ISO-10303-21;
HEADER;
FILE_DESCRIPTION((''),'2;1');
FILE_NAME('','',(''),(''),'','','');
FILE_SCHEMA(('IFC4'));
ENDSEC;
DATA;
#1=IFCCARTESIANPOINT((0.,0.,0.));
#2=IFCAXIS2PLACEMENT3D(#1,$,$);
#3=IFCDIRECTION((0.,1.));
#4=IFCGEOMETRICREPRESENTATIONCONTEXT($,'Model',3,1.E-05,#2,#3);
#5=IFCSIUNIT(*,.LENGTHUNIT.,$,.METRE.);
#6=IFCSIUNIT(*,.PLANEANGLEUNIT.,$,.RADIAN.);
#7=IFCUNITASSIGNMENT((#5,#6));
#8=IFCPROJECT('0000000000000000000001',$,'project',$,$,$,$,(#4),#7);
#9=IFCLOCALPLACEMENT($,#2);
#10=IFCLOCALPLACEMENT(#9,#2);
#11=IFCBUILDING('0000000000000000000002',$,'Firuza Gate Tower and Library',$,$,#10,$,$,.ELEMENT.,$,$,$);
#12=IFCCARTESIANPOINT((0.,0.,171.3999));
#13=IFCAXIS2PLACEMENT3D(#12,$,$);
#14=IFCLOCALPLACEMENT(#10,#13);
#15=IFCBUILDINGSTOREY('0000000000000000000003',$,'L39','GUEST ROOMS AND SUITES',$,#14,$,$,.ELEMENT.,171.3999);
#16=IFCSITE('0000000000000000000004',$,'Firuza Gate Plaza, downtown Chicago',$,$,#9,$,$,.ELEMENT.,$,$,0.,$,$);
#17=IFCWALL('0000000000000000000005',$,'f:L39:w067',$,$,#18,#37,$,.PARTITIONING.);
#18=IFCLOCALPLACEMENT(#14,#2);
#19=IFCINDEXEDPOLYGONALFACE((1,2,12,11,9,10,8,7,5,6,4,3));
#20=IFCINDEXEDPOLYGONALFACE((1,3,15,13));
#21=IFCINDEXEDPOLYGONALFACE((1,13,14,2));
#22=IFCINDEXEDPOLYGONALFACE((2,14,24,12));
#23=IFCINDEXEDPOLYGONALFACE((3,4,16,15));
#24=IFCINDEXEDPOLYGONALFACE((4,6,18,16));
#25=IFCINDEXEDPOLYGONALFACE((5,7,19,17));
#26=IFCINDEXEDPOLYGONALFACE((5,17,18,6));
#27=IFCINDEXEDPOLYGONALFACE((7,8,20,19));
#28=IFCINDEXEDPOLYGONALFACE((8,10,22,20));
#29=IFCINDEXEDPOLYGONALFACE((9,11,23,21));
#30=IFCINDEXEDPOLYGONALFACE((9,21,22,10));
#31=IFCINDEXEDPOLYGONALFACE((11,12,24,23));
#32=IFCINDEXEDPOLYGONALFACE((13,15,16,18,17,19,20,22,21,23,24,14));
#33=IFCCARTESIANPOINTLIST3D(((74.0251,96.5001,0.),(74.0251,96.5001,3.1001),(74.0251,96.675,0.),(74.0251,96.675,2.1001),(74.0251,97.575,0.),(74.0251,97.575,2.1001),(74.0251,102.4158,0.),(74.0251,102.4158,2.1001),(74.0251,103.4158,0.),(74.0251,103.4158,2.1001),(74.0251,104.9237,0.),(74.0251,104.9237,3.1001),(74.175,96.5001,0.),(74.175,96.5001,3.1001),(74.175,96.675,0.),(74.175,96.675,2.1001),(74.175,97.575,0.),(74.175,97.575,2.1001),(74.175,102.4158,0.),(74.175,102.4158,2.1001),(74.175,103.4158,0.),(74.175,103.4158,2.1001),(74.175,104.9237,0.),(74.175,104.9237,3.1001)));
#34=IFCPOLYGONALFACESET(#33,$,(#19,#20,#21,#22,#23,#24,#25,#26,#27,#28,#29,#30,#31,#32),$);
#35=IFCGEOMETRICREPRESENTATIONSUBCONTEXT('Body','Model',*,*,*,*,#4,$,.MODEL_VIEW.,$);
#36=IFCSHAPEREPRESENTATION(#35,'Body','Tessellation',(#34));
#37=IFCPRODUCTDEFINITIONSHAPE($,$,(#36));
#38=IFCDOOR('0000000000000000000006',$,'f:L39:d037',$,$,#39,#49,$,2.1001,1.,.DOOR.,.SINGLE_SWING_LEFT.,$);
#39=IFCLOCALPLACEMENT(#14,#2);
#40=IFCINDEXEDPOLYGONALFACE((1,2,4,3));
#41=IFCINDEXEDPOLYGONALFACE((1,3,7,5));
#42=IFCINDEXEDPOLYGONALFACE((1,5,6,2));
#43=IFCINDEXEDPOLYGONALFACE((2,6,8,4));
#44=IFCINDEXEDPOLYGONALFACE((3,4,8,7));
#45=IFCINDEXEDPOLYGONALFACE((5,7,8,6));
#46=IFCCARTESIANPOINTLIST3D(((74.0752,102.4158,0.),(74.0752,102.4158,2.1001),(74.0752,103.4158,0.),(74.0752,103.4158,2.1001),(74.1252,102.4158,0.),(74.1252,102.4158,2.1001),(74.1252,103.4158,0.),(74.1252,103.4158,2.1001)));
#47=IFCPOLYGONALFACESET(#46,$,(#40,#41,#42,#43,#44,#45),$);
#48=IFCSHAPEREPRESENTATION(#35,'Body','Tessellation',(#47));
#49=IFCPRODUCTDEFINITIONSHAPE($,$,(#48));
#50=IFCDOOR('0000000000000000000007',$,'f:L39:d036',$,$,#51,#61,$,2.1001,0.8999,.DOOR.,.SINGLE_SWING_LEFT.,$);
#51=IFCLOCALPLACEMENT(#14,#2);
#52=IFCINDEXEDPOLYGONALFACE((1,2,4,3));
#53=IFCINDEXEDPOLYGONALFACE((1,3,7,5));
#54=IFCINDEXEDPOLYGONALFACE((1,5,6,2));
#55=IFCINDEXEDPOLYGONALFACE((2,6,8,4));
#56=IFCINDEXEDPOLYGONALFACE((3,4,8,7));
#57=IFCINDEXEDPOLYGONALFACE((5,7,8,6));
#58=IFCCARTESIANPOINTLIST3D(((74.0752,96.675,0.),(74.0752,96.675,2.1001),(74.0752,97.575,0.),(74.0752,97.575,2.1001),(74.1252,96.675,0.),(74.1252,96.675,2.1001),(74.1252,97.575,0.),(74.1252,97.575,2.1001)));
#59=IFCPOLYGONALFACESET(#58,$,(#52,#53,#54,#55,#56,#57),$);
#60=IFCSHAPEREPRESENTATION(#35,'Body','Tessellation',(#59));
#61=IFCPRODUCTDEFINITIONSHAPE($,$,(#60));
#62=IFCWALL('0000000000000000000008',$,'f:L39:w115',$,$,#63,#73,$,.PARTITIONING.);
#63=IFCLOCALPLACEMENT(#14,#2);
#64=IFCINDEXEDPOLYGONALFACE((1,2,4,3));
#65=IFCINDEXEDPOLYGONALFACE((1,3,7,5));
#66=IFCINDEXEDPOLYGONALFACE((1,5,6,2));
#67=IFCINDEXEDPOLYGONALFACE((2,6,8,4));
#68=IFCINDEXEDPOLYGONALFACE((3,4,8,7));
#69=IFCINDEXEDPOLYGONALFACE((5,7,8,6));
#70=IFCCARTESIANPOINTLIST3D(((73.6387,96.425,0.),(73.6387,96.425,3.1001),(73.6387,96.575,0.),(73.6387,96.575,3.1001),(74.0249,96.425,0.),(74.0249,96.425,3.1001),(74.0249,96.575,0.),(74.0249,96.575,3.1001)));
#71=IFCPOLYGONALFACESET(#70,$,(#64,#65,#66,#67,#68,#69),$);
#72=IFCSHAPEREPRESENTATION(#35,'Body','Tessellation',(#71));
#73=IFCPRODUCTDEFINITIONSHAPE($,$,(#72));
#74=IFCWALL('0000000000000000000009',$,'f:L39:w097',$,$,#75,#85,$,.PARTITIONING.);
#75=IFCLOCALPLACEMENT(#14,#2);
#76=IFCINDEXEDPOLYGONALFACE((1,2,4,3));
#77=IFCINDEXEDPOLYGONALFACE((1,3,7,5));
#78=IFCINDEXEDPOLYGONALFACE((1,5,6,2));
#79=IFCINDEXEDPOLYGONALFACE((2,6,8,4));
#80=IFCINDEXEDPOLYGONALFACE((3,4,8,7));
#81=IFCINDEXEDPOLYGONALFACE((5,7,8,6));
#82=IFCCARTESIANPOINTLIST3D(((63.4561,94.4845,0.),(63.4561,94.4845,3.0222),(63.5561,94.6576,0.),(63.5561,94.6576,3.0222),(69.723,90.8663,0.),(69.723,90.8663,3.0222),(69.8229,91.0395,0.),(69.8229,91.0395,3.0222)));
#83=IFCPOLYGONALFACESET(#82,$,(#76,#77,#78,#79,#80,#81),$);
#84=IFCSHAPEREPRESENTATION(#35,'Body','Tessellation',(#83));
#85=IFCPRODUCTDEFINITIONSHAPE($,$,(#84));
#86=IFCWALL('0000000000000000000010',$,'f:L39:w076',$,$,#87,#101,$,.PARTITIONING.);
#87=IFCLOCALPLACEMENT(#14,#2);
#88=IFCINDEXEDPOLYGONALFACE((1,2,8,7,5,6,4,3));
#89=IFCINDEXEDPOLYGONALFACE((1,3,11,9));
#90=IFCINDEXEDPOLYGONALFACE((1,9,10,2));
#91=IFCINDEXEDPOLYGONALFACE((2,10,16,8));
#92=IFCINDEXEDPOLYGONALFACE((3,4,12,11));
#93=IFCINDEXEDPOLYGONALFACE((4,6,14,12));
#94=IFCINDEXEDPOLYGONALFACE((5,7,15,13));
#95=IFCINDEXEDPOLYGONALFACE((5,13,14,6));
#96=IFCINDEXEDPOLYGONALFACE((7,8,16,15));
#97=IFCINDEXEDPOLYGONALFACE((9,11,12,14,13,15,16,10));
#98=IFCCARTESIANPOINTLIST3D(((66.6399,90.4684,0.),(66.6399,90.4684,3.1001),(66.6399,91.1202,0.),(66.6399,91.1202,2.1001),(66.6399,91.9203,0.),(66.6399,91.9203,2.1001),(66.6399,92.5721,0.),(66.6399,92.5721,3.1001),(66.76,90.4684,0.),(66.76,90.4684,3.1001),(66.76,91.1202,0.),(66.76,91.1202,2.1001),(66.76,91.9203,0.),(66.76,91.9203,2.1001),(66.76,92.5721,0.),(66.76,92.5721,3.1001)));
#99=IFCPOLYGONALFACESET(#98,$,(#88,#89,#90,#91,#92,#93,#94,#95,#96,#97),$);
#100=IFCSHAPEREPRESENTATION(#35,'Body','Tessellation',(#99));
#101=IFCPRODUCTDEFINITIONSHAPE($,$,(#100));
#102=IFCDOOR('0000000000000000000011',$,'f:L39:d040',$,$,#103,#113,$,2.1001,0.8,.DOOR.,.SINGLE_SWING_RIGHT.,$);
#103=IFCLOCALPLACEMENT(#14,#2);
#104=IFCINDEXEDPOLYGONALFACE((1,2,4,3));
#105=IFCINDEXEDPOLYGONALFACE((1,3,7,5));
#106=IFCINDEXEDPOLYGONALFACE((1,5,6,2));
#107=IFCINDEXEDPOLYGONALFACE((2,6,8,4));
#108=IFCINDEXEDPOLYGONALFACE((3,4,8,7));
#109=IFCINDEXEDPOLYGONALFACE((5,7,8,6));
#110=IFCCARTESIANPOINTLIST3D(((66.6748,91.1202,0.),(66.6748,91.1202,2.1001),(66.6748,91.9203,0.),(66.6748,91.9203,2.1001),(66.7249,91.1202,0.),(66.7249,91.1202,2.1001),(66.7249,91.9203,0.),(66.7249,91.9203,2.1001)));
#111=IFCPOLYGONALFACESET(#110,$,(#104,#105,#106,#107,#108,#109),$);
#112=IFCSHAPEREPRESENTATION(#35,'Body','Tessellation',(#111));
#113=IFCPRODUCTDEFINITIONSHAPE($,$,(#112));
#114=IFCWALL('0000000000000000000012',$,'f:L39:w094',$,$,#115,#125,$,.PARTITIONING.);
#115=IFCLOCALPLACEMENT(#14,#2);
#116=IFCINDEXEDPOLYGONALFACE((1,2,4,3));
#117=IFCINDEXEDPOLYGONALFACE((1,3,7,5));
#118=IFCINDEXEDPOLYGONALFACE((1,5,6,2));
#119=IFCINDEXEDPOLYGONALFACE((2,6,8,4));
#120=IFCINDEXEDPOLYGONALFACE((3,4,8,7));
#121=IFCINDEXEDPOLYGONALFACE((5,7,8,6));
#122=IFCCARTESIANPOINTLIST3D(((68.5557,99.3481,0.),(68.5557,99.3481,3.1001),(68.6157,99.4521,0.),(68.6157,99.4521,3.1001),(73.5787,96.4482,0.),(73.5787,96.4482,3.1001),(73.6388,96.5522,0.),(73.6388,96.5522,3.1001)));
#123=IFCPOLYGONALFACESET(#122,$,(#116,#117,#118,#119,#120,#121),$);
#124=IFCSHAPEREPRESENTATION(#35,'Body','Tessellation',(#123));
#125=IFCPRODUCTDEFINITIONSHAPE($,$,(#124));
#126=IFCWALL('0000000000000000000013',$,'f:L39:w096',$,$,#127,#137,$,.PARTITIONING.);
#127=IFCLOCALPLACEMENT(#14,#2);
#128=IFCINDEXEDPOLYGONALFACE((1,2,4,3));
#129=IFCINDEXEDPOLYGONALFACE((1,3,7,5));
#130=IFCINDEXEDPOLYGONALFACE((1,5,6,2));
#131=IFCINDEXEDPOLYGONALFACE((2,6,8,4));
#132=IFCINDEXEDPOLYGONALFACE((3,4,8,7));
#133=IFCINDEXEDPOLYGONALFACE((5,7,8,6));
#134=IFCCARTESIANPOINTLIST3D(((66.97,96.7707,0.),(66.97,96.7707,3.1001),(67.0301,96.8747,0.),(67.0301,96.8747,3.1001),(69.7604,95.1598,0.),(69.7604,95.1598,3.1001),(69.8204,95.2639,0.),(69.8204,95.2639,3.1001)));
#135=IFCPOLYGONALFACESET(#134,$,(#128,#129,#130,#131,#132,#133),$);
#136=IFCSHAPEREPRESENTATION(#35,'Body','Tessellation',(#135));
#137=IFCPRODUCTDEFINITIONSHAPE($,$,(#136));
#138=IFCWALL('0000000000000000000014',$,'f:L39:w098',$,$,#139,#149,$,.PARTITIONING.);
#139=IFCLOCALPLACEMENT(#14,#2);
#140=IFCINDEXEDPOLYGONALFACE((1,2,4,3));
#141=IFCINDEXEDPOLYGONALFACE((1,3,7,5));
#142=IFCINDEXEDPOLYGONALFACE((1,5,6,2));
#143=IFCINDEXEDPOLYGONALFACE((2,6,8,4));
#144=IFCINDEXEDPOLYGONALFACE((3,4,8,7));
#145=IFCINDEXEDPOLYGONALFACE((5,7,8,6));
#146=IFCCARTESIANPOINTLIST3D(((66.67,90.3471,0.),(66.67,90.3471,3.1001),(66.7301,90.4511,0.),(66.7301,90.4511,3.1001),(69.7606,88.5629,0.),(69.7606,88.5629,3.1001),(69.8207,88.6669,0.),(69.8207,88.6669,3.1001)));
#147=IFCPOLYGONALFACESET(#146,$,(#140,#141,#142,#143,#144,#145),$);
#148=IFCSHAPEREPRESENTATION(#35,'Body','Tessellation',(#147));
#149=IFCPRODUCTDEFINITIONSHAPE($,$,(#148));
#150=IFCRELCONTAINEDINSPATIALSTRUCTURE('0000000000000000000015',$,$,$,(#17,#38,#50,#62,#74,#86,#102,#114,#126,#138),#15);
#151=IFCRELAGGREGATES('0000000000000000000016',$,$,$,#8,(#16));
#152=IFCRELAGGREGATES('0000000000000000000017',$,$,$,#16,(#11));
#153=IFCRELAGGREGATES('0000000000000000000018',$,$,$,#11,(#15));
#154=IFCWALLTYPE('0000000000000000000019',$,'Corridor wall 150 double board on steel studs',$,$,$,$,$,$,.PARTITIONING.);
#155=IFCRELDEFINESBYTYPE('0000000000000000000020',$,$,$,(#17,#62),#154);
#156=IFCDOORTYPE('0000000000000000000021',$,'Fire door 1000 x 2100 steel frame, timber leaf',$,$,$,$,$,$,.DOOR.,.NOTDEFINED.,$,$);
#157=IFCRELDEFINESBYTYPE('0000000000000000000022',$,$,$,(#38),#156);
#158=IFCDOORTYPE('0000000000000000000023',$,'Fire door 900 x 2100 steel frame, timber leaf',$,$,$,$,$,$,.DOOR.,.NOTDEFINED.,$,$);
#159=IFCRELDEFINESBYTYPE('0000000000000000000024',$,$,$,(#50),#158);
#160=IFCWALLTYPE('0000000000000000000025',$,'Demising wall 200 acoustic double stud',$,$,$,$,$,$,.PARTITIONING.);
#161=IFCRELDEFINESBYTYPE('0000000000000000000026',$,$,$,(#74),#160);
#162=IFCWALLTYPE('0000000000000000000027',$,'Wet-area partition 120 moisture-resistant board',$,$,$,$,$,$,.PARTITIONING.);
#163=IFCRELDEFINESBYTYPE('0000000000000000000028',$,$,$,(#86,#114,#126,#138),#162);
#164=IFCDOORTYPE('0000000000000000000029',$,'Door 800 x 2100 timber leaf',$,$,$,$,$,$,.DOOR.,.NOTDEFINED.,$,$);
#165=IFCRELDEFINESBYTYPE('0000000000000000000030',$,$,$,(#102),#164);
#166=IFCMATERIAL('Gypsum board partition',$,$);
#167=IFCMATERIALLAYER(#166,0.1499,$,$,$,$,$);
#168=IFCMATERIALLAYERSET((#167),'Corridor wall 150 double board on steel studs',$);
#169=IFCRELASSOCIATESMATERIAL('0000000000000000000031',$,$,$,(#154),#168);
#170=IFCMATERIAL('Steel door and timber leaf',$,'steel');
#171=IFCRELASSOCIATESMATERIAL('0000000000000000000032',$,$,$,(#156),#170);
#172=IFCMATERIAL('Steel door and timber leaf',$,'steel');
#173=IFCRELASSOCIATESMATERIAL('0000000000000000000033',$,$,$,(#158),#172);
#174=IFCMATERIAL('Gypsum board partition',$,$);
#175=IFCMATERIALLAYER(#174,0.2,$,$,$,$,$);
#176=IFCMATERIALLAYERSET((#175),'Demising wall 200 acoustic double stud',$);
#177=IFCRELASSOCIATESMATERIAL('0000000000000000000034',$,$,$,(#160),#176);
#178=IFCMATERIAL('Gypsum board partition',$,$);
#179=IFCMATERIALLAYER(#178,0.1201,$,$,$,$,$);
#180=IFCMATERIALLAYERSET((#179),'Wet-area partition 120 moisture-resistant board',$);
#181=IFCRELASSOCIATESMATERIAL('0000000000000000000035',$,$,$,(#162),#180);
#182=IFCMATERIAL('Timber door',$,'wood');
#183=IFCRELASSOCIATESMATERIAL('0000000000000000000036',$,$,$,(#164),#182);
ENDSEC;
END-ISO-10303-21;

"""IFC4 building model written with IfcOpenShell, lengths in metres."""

from ifc_helpers import new_model, si_unit, direction, frame, frame_2d, origin, place, context, subcontext, project, spatial, rectangle, extrude, material, layer, layer_set, type_object, element, fill, save


model = new_model("IFC4")

# Units and contexts
model_context = context("Model", 3, precision=1e-05, world=origin(), true_north=direction((0.0, 1.0)))
body_context = subcontext(model_context, "Body", "Model", "MODEL_VIEW")
ifc_project = project(units=[si_unit("LENGTHUNIT", "METRE"), si_unit("PLANEANGLEUNIT", "RADIAN")], contexts=[model_context])

# Site, building, storey
site_placement = place(None, origin())
site = spatial("IfcSite", under=ifc_project, at=site_placement, Name="Firuza Gate Plaza, downtown Chicago", CompositionType="ELEMENT", RefElevation=0.0)
building_placement = place(site_placement, origin())
building = spatial("IfcBuilding", under=site, at=building_placement, Name="Firuza Gate Tower and Library", CompositionType="ELEMENT")
storey_placement = place(building_placement, frame((0.0, 0.0, 171.3999)))
storey = spatial("IfcBuildingStorey", under=building, at=storey_placement, Name="L39", Description="GUEST ROOMS AND SUITES", CompositionType="ELEMENT", Elevation=171.3999)

# Shared definitions
ifc_material_1 = material(Name="Gypsum board partition")
ifc_layer_1 = layer(ifc_material_1, 0.1499)
ifc_layer_set_1 = layer_set([ifc_layer_1], Name="Corridor wall 150 double board on steel studs")
wall_type_1 = type_object("IfcWallType", Name="Corridor wall 150 double board on steel studs", PredefinedType="PARTITIONING", material=ifc_layer_set_1)

# Wall, openings, doors
wall_1_placement = place(storey_placement, frame((74.1001, 96.5, 0.0), z_axis=(0.0, 0.0, 1.0), x_axis=(0.0, 1.0, 0.0)))
wall_1 = element("IfcWall", 1, at=wall_1_placement, inside=storey, type_object=wall_type_1, Name="f:L39:w067", PredefinedType="PARTITIONING", context=body_context, shape_type="SweptSolid", body=[
    extrude(rectangle(XDim=8.4236, YDim=0.1499, at=frame_2d((4.2119, 0.0))), origin(), (0.0, 0.0, 1.0), 3.1001),
])
opening_1_placement = place(wall_1_placement, frame((0.175, 0.0, 0.0)))
opening_1 = element("IfcOpeningElement", 2, at=opening_1_placement, cuts=wall_1, PredefinedType="OPENING", context=body_context, shape_type="SweptSolid", body=[
    extrude(rectangle(XDim=0.8999, YDim=2.1001, at=frame_2d((0.45, 1.05))), frame((0.0, 0.085, 0.0), z_axis=(0.0, -1.0, 0.0), x_axis=(1.0, 0.0, 0.0)), (0.0, 0.0, 1.0), 0.1699),
])
opening_2_placement = place(wall_1_placement, frame((5.9158, 0.0, 0.0)))
opening_2 = element("IfcOpeningElement", 3, at=opening_2_placement, cuts=wall_1, PredefinedType="OPENING", context=body_context, shape_type="SweptSolid", body=[
    extrude(rectangle(XDim=1.0, YDim=2.1001, at=frame_2d((0.5, 1.05))), frame((0.0, 0.085, 0.0), z_axis=(0.0, -1.0, 0.0), x_axis=(1.0, 0.0, 0.0)), (0.0, 0.0, 1.0), 0.1699),
])
ifc_material_2 = material(Name="Steel door and timber leaf", Category="steel")
door_type_1 = type_object("IfcDoorType", Name="Fire door 1000 x 2100 steel frame, timber leaf", OperationType="NOTDEFINED", PredefinedType="DOOR", material=ifc_material_2)
door_1_placement = place(opening_2_placement, origin())
door_1 = element("IfcDoor", 4, at=door_1_placement, inside=storey, type_object=door_type_1, Name="f:L39:d037", OperationType="SINGLE_SWING_LEFT", OverallHeight=2.1001, OverallWidth=1.0, PredefinedType="DOOR", context=body_context, shape_type="SweptSolid", body=[
    extrude(rectangle(XDim=1.0, YDim=2.1001, at=frame_2d((0.5, 1.05))), frame((0.0, 0.0249, 0.0), z_axis=(0.0, -1.0, 0.0), x_axis=(1.0, 0.0, 0.0)), (0.0, 0.0, 1.0), 0.05),
])
fill(opening_2, door_1)
ifc_material_3 = material(Name="Steel door and timber leaf", Category="steel")
door_type_2 = type_object("IfcDoorType", Name="Fire door 900 x 2100 steel frame, timber leaf", OperationType="NOTDEFINED", PredefinedType="DOOR", material=ifc_material_3)
door_2_placement = place(opening_1_placement, origin())
door_2 = element("IfcDoor", 5, at=door_2_placement, inside=storey, type_object=door_type_2, Name="f:L39:d036", OperationType="SINGLE_SWING_LEFT", OverallHeight=2.1001, OverallWidth=0.8999, PredefinedType="DOOR", context=body_context, shape_type="SweptSolid", body=[
    extrude(rectangle(XDim=0.8999, YDim=2.1001, at=frame_2d((0.45, 1.05))), frame((0.0, 0.0249, 0.0), z_axis=(0.0, -1.0, 0.0), x_axis=(1.0, 0.0, 0.0)), (0.0, 0.0, 1.0), 0.05),
])
fill(opening_1, door_2)

# Walls
wall_2_placement = place(storey_placement, frame((73.6387, 96.5, 0.0), z_axis=(0.0, 0.0, 1.0), x_axis=(1.0, 0.0, 0.0)))
element("IfcWall", 6, at=wall_2_placement, inside=storey, type_object=wall_type_1, Name="f:L39:w115", PredefinedType="PARTITIONING", context=body_context, shape_type="SweptSolid", body=[
    extrude(rectangle(XDim=0.3862, YDim=0.1499, at=frame_2d((0.1931, 0.0))), origin(), (0.0, 0.0, 1.0), 3.1001),
])
ifc_material_4 = material(Name="Gypsum board partition")
ifc_layer_2 = layer(ifc_material_4, 0.2)
ifc_layer_set_2 = layer_set([ifc_layer_2], Name="Demising wall 200 acoustic double stud")
wall_type_2 = type_object("IfcWallType", Name="Demising wall 200 acoustic double stud", PredefinedType="PARTITIONING", material=ifc_layer_set_2)
wall_3_placement = place(storey_placement, frame((69.7729, 90.9529, 0.0), z_axis=(0.0, 0.0, 1.0), x_axis=(-0.866025, 0.5, 0.0)))
element("IfcWall", 7, at=wall_3_placement, inside=storey, type_object=wall_type_2, Name="f:L39:w097", PredefinedType="PARTITIONING", context=body_context, shape_type="SweptSolid", body=[
    extrude(rectangle(XDim=7.2363, YDim=0.2, at=frame_2d((3.6182, 0.0))), origin(), (0.0, 0.0, 1.0), 3.0222),
])

# Wall, opening, door
ifc_material_5 = material(Name="Gypsum board partition")
ifc_layer_3 = layer(ifc_material_5, 0.1201)
ifc_layer_set_3 = layer_set([ifc_layer_3], Name="Wet-area partition 120 moisture-resistant board")
wall_type_3 = type_object("IfcWallType", Name="Wet-area partition 120 moisture-resistant board", PredefinedType="PARTITIONING", material=ifc_layer_set_3)
wall_4_placement = place(storey_placement, frame((66.7, 92.572, 0.0), z_axis=(0.0, 0.0, 1.0), x_axis=(0.0, -1.0, 0.0)))
wall_4 = element("IfcWall", 8, at=wall_4_placement, inside=storey, type_object=wall_type_3, Name="f:L39:w076", PredefinedType="PARTITIONING", context=body_context, shape_type="SweptSolid", body=[
    extrude(rectangle(XDim=2.1038, YDim=0.1201, at=frame_2d((1.0518, 0.0))), origin(), (0.0, 0.0, 1.0), 3.1001),
])
opening_3_placement = place(wall_4_placement, frame((0.6519, 0.0, 0.0)))
opening_3 = element("IfcOpeningElement", 9, at=opening_3_placement, cuts=wall_4, PredefinedType="OPENING", context=body_context, shape_type="SweptSolid", body=[
    extrude(rectangle(XDim=0.8, YDim=2.1001, at=frame_2d((0.3999, 1.05))), frame((0.0, 0.0701, 0.0), z_axis=(0.0, -1.0, 0.0), x_axis=(1.0, 0.0, 0.0)), (0.0, 0.0, 1.0), 0.1401),
])
ifc_material_6 = material(Name="Timber door", Category="wood")
door_type_3 = type_object("IfcDoorType", Name="Door 800 x 2100 timber leaf", OperationType="NOTDEFINED", PredefinedType="DOOR", material=ifc_material_6)
door_3_placement = place(opening_3_placement, origin())
door_3 = element("IfcDoor", 10, at=door_3_placement, inside=storey, type_object=door_type_3, Name="f:L39:d040", OperationType="SINGLE_SWING_RIGHT", OverallHeight=2.1001, OverallWidth=0.8, PredefinedType="DOOR", context=body_context, shape_type="SweptSolid", body=[
    extrude(rectangle(XDim=0.8, YDim=2.1001, at=frame_2d((0.3999, 1.05))), frame((0.0, 0.0249, 0.0), z_axis=(0.0, -1.0, 0.0), x_axis=(1.0, 0.0, 0.0)), (0.0, 0.0, 1.0), 0.05),
])
fill(opening_3, door_3)

# Walls
wall_5_placement = place(storey_placement, frame((73.6086, 96.5002, 0.0), z_axis=(0.0, 0.0, 1.0), x_axis=(-0.866033, 0.499987, 0.0)))
element("IfcWall", 11, at=wall_5_placement, inside=storey, type_object=wall_type_3, Name="f:L39:w094", PredefinedType="PARTITIONING", context=body_context, shape_type="SweptSolid", body=[
    extrude(rectangle(XDim=5.8, YDim=0.1201, at=frame_2d((2.8999, 0.0))), origin(), (0.0, 0.0, 1.0), 3.1001),
])
wall_6_placement = place(storey_placement, frame((69.7903, 95.2119, 0.0), z_axis=(0.0, 0.0, 1.0), x_axis=(-0.866043, 0.49997, 0.0)))
element("IfcWall", 12, at=wall_6_placement, inside=storey, type_object=wall_type_3, Name="f:L39:w096", PredefinedType="PARTITIONING", context=body_context, shape_type="SweptSolid", body=[
    extrude(rectangle(XDim=3.2219, YDim=0.1201, at=frame_2d((1.6108, 0.0))), origin(), (0.0, 0.0, 1.0), 3.1001),
])
wall_7_placement = place(storey_placement, frame((69.7905, 88.615, 0.0), z_axis=(0.0, 0.0, 1.0), x_axis=(-0.866045, 0.499965, 0.0)))
element("IfcWall", 13, at=wall_7_placement, inside=storey, type_object=wall_type_3, Name="f:L39:w098", PredefinedType="PARTITIONING", context=body_context, shape_type="SweptSolid", body=[
    extrude(rectangle(XDim=3.5686, YDim=0.1201, at=frame_2d((1.7842, 0.0))), origin(), (0.0, 0.0, 1.0), 3.1001),
])

save(model, "model.ifc")
